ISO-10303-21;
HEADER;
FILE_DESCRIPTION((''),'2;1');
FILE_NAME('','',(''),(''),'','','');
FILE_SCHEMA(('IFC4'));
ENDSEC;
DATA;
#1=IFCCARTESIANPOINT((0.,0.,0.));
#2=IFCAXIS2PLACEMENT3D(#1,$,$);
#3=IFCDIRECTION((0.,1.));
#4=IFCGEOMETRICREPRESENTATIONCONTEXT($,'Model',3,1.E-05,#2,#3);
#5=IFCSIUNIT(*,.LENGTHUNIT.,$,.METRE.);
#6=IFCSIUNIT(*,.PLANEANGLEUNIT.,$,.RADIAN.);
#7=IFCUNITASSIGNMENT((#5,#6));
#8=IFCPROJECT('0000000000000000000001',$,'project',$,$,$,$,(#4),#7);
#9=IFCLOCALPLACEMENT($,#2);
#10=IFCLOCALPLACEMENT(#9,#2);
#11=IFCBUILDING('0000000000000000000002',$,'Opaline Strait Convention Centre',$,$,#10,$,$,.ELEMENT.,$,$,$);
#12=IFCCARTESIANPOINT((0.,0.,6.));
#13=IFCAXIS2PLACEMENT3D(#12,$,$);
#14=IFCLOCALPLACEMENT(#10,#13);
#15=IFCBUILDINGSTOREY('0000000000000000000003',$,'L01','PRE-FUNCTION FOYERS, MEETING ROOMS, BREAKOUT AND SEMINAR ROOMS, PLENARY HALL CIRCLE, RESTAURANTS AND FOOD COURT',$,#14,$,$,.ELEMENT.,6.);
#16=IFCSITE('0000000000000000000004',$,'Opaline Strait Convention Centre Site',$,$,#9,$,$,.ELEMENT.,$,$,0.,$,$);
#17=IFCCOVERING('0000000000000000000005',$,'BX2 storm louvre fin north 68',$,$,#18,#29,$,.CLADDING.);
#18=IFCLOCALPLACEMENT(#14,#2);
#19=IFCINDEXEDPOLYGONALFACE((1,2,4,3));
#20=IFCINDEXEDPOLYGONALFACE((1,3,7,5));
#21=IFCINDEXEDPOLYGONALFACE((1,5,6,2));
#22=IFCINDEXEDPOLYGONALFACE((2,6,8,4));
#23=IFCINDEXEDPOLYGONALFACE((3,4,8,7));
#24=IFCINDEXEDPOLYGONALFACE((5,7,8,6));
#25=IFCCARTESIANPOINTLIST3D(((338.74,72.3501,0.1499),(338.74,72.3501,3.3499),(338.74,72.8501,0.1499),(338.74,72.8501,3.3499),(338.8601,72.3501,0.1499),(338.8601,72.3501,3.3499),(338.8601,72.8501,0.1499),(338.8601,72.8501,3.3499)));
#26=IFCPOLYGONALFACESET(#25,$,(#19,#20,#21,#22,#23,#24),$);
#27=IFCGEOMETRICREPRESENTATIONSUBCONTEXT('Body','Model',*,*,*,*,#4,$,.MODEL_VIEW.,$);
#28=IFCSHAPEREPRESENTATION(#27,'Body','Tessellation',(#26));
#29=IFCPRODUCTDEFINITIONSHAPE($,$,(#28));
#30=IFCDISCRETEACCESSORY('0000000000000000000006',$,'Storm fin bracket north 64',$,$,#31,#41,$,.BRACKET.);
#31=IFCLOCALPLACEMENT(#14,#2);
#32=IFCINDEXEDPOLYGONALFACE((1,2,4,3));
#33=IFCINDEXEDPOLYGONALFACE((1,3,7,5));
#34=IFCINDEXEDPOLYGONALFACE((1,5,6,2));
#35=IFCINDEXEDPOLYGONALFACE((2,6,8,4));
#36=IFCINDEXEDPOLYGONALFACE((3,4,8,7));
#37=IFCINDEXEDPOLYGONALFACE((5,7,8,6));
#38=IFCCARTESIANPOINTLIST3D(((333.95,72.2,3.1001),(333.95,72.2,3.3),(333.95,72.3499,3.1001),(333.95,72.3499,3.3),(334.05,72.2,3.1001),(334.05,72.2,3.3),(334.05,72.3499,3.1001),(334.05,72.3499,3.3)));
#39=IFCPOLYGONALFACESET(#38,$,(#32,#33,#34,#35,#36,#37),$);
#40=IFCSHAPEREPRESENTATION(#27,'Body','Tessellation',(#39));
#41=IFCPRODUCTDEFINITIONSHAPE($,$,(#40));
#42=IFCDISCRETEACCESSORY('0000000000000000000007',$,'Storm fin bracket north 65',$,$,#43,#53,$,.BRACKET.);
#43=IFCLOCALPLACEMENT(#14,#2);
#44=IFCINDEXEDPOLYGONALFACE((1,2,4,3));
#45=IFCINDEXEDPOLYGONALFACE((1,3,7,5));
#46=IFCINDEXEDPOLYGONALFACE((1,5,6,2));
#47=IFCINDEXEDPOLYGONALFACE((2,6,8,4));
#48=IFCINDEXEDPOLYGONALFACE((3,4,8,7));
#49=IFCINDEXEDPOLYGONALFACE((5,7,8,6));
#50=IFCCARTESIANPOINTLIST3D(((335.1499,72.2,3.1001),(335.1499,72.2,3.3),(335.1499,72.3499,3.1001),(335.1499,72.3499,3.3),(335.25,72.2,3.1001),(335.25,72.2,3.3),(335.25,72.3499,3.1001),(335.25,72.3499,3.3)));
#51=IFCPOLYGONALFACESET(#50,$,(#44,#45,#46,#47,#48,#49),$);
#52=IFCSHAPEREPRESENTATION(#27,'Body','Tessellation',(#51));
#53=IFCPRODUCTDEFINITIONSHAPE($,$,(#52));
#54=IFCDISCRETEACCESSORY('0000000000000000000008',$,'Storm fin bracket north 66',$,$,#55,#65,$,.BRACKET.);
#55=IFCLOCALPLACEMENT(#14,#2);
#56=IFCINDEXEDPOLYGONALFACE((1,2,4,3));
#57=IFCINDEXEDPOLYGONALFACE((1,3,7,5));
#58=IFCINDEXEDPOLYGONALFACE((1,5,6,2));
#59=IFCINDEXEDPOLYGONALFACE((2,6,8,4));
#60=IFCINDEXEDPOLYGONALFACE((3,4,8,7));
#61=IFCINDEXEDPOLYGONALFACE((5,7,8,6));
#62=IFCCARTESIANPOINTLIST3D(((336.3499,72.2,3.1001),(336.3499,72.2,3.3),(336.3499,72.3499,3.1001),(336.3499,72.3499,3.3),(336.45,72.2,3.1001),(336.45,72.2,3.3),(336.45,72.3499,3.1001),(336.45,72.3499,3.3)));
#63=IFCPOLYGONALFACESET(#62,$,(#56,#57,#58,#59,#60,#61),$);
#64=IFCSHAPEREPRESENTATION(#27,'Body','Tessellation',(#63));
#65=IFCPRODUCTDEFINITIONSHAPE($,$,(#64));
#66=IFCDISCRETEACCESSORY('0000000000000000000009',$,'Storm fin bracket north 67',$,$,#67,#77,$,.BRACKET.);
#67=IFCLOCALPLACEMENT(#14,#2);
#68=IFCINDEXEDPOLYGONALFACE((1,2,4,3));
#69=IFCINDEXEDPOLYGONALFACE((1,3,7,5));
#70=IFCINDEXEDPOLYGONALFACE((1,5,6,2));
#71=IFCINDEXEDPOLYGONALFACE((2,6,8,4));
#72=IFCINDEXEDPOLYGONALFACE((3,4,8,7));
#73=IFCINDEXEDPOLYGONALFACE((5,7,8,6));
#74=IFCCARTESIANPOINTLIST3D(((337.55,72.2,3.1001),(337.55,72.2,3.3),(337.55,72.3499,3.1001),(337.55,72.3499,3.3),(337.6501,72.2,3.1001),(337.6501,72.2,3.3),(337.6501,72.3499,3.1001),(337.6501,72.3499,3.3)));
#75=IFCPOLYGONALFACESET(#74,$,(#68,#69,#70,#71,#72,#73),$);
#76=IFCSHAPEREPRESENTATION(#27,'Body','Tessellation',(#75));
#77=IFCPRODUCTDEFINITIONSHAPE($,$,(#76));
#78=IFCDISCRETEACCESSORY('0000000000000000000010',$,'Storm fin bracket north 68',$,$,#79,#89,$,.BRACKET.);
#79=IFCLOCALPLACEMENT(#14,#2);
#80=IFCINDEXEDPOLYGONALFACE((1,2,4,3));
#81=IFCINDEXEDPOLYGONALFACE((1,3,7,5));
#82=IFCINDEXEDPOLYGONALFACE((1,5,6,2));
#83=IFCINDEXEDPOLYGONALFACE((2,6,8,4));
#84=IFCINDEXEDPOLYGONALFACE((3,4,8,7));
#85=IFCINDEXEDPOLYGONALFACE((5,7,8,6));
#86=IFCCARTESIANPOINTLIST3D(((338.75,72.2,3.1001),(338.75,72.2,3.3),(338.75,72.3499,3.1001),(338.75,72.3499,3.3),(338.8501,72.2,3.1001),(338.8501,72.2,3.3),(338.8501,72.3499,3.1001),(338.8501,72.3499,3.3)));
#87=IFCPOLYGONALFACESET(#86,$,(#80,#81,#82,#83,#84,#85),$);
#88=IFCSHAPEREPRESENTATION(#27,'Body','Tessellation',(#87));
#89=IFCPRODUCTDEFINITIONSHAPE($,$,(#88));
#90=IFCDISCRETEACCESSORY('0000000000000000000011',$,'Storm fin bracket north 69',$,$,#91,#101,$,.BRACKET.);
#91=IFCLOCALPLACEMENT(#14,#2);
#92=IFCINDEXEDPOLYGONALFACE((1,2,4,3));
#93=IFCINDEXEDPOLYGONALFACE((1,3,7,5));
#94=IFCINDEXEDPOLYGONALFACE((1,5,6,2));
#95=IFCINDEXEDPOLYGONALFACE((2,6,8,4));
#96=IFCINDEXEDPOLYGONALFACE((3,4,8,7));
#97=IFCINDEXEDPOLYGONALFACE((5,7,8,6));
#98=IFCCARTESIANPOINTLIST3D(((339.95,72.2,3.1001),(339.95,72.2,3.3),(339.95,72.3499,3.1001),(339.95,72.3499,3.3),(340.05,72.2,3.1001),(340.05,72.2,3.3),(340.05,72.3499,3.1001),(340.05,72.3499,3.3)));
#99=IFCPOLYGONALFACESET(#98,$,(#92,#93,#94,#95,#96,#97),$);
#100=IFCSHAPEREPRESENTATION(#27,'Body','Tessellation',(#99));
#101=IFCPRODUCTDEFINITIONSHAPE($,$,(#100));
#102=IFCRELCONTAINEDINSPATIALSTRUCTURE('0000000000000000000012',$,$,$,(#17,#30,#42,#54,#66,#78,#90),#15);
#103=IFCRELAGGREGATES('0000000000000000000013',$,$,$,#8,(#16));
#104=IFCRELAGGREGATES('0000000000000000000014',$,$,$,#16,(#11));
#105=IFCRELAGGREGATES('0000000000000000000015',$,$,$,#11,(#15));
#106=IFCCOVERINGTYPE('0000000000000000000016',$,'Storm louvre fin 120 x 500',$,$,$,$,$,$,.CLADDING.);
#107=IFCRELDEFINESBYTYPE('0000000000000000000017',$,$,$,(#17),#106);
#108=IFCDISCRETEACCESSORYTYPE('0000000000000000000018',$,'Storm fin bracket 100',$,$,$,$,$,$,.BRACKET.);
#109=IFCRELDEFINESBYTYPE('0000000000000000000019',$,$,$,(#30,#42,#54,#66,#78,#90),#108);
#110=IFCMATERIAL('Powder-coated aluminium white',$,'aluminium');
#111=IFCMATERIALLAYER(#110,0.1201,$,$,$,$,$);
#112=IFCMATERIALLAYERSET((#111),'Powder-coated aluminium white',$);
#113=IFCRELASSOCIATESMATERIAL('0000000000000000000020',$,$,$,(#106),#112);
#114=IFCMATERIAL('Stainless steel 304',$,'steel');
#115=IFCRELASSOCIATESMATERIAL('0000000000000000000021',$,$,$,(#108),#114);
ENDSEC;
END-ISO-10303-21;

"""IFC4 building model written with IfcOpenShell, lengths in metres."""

from ifc_helpers import new_model, si_unit, direction, frame, origin, origin_2d, place, context, subcontext, project, spatial, rectangle, extrude, material, layer, layer_set, type_object, element, save


model = new_model("IFC4")

# Units and contexts
model_context = context("Model", 3, precision=1e-05, world=origin(), true_north=direction((0.0, 1.0)))
body_context = subcontext(model_context, "Body", "Model", "MODEL_VIEW")
ifc_project = project(units=[si_unit("LENGTHUNIT", "METRE"), si_unit("PLANEANGLEUNIT", "RADIAN")], contexts=[model_context])

# Site, building, storey
site_placement = place(None, origin())
site = spatial("IfcSite", under=ifc_project, at=site_placement, Name="Opaline Strait Convention Centre Site", CompositionType="ELEMENT", RefElevation=0.0)
building_placement = place(site_placement, origin())
building = spatial("IfcBuilding", under=site, at=building_placement, Name="Opaline Strait Convention Centre", CompositionType="ELEMENT")
storey_placement = place(building_placement, frame((0.0, 0.0, 6.0)))
storey = spatial("IfcBuildingStorey", under=building, at=storey_placement, Name="L01", Description="PRE-FUNCTION FOYERS, MEETING ROOMS, BREAKOUT AND SEMINAR ROOMS, PLENARY HALL CIRCLE, RESTAURANTS AND FOOD COURT", CompositionType="ELEMENT", Elevation=6.0)

# Shared definitions
ifc_material_1 = material(Name="Stainless steel 304", Category="steel")

# Covering
ifc_material_2 = material(Name="Powder-coated aluminium white", Category="aluminium")
ifc_layer = layer(ifc_material_2, 0.1201)
ifc_layer_set = layer_set([ifc_layer], Name="Powder-coated aluminium white")
covering_type = type_object("IfcCoveringType", Name="Storm louvre fin 120 x 500", PredefinedType="CLADDING", material=ifc_layer_set)
for number, where, z_axis, x_axis, name in (
    (1, (338.8, 72.6001, 0.1499), (0.0, 0.0, 1.0), (1.0, 0.0, 0.0), "BX2 storm louvre fin north 68"),
):
    element("IfcCovering", number, at=place(storey_placement, frame(where, z_axis=z_axis, x_axis=x_axis)), inside=storey, type_object=covering_type, Name=name, PredefinedType="CLADDING", context=body_context, shape_type="SweptSolid", body=[
        extrude(rectangle(XDim=0.1201, YDim=0.5, at=origin_2d()), origin(), (0.0, 0.0, 1.0), 3.2),
    ])

# Discrete accessories
discrete_accessory_type = type_object("IfcDiscreteAccessoryType", Name="Storm fin bracket 100", PredefinedType="BRACKET", material=ifc_material_1)
for number, where, z_axis, x_axis, name in (
    (2, (334.0, 72.2749, 3.1001), (0.0, 0.0, 1.0), (1.0, 0.0, 0.0), "Storm fin bracket north 64"),
    (3, (335.2, 72.2749, 3.1001), (0.0, 0.0, 1.0), (1.0, 0.0, 0.0), "Storm fin bracket north 65"),
    (4, (336.3999, 72.2749, 3.1001), (0.0, 0.0, 1.0), (1.0, 0.0, 0.0), "Storm fin bracket north 66"),
    (5, (337.6001, 72.2749, 3.1001), (0.0, 0.0, 1.0), (1.0, 0.0, 0.0), "Storm fin bracket north 67"),
    (6, (338.8, 72.2749, 3.1001), (0.0, 0.0, 1.0), (1.0, 0.0, 0.0), "Storm fin bracket north 68"),
    (7, (340.0, 72.2749, 3.1001), (0.0, 0.0, 1.0), (1.0, 0.0, 0.0), "Storm fin bracket north 69"),
):
    element("IfcDiscreteAccessory", number, at=place(storey_placement, frame(where, z_axis=z_axis, x_axis=x_axis)), inside=storey, type_object=discrete_accessory_type, Name=name, PredefinedType="BRACKET", context=body_context, shape_type="SweptSolid", body=[
        extrude(rectangle(XDim=0.1001, YDim=0.1499, at=origin_2d()), origin(), (0.0, 0.0, 1.0), 0.2),
    ])

save(model, "model.ifc")
